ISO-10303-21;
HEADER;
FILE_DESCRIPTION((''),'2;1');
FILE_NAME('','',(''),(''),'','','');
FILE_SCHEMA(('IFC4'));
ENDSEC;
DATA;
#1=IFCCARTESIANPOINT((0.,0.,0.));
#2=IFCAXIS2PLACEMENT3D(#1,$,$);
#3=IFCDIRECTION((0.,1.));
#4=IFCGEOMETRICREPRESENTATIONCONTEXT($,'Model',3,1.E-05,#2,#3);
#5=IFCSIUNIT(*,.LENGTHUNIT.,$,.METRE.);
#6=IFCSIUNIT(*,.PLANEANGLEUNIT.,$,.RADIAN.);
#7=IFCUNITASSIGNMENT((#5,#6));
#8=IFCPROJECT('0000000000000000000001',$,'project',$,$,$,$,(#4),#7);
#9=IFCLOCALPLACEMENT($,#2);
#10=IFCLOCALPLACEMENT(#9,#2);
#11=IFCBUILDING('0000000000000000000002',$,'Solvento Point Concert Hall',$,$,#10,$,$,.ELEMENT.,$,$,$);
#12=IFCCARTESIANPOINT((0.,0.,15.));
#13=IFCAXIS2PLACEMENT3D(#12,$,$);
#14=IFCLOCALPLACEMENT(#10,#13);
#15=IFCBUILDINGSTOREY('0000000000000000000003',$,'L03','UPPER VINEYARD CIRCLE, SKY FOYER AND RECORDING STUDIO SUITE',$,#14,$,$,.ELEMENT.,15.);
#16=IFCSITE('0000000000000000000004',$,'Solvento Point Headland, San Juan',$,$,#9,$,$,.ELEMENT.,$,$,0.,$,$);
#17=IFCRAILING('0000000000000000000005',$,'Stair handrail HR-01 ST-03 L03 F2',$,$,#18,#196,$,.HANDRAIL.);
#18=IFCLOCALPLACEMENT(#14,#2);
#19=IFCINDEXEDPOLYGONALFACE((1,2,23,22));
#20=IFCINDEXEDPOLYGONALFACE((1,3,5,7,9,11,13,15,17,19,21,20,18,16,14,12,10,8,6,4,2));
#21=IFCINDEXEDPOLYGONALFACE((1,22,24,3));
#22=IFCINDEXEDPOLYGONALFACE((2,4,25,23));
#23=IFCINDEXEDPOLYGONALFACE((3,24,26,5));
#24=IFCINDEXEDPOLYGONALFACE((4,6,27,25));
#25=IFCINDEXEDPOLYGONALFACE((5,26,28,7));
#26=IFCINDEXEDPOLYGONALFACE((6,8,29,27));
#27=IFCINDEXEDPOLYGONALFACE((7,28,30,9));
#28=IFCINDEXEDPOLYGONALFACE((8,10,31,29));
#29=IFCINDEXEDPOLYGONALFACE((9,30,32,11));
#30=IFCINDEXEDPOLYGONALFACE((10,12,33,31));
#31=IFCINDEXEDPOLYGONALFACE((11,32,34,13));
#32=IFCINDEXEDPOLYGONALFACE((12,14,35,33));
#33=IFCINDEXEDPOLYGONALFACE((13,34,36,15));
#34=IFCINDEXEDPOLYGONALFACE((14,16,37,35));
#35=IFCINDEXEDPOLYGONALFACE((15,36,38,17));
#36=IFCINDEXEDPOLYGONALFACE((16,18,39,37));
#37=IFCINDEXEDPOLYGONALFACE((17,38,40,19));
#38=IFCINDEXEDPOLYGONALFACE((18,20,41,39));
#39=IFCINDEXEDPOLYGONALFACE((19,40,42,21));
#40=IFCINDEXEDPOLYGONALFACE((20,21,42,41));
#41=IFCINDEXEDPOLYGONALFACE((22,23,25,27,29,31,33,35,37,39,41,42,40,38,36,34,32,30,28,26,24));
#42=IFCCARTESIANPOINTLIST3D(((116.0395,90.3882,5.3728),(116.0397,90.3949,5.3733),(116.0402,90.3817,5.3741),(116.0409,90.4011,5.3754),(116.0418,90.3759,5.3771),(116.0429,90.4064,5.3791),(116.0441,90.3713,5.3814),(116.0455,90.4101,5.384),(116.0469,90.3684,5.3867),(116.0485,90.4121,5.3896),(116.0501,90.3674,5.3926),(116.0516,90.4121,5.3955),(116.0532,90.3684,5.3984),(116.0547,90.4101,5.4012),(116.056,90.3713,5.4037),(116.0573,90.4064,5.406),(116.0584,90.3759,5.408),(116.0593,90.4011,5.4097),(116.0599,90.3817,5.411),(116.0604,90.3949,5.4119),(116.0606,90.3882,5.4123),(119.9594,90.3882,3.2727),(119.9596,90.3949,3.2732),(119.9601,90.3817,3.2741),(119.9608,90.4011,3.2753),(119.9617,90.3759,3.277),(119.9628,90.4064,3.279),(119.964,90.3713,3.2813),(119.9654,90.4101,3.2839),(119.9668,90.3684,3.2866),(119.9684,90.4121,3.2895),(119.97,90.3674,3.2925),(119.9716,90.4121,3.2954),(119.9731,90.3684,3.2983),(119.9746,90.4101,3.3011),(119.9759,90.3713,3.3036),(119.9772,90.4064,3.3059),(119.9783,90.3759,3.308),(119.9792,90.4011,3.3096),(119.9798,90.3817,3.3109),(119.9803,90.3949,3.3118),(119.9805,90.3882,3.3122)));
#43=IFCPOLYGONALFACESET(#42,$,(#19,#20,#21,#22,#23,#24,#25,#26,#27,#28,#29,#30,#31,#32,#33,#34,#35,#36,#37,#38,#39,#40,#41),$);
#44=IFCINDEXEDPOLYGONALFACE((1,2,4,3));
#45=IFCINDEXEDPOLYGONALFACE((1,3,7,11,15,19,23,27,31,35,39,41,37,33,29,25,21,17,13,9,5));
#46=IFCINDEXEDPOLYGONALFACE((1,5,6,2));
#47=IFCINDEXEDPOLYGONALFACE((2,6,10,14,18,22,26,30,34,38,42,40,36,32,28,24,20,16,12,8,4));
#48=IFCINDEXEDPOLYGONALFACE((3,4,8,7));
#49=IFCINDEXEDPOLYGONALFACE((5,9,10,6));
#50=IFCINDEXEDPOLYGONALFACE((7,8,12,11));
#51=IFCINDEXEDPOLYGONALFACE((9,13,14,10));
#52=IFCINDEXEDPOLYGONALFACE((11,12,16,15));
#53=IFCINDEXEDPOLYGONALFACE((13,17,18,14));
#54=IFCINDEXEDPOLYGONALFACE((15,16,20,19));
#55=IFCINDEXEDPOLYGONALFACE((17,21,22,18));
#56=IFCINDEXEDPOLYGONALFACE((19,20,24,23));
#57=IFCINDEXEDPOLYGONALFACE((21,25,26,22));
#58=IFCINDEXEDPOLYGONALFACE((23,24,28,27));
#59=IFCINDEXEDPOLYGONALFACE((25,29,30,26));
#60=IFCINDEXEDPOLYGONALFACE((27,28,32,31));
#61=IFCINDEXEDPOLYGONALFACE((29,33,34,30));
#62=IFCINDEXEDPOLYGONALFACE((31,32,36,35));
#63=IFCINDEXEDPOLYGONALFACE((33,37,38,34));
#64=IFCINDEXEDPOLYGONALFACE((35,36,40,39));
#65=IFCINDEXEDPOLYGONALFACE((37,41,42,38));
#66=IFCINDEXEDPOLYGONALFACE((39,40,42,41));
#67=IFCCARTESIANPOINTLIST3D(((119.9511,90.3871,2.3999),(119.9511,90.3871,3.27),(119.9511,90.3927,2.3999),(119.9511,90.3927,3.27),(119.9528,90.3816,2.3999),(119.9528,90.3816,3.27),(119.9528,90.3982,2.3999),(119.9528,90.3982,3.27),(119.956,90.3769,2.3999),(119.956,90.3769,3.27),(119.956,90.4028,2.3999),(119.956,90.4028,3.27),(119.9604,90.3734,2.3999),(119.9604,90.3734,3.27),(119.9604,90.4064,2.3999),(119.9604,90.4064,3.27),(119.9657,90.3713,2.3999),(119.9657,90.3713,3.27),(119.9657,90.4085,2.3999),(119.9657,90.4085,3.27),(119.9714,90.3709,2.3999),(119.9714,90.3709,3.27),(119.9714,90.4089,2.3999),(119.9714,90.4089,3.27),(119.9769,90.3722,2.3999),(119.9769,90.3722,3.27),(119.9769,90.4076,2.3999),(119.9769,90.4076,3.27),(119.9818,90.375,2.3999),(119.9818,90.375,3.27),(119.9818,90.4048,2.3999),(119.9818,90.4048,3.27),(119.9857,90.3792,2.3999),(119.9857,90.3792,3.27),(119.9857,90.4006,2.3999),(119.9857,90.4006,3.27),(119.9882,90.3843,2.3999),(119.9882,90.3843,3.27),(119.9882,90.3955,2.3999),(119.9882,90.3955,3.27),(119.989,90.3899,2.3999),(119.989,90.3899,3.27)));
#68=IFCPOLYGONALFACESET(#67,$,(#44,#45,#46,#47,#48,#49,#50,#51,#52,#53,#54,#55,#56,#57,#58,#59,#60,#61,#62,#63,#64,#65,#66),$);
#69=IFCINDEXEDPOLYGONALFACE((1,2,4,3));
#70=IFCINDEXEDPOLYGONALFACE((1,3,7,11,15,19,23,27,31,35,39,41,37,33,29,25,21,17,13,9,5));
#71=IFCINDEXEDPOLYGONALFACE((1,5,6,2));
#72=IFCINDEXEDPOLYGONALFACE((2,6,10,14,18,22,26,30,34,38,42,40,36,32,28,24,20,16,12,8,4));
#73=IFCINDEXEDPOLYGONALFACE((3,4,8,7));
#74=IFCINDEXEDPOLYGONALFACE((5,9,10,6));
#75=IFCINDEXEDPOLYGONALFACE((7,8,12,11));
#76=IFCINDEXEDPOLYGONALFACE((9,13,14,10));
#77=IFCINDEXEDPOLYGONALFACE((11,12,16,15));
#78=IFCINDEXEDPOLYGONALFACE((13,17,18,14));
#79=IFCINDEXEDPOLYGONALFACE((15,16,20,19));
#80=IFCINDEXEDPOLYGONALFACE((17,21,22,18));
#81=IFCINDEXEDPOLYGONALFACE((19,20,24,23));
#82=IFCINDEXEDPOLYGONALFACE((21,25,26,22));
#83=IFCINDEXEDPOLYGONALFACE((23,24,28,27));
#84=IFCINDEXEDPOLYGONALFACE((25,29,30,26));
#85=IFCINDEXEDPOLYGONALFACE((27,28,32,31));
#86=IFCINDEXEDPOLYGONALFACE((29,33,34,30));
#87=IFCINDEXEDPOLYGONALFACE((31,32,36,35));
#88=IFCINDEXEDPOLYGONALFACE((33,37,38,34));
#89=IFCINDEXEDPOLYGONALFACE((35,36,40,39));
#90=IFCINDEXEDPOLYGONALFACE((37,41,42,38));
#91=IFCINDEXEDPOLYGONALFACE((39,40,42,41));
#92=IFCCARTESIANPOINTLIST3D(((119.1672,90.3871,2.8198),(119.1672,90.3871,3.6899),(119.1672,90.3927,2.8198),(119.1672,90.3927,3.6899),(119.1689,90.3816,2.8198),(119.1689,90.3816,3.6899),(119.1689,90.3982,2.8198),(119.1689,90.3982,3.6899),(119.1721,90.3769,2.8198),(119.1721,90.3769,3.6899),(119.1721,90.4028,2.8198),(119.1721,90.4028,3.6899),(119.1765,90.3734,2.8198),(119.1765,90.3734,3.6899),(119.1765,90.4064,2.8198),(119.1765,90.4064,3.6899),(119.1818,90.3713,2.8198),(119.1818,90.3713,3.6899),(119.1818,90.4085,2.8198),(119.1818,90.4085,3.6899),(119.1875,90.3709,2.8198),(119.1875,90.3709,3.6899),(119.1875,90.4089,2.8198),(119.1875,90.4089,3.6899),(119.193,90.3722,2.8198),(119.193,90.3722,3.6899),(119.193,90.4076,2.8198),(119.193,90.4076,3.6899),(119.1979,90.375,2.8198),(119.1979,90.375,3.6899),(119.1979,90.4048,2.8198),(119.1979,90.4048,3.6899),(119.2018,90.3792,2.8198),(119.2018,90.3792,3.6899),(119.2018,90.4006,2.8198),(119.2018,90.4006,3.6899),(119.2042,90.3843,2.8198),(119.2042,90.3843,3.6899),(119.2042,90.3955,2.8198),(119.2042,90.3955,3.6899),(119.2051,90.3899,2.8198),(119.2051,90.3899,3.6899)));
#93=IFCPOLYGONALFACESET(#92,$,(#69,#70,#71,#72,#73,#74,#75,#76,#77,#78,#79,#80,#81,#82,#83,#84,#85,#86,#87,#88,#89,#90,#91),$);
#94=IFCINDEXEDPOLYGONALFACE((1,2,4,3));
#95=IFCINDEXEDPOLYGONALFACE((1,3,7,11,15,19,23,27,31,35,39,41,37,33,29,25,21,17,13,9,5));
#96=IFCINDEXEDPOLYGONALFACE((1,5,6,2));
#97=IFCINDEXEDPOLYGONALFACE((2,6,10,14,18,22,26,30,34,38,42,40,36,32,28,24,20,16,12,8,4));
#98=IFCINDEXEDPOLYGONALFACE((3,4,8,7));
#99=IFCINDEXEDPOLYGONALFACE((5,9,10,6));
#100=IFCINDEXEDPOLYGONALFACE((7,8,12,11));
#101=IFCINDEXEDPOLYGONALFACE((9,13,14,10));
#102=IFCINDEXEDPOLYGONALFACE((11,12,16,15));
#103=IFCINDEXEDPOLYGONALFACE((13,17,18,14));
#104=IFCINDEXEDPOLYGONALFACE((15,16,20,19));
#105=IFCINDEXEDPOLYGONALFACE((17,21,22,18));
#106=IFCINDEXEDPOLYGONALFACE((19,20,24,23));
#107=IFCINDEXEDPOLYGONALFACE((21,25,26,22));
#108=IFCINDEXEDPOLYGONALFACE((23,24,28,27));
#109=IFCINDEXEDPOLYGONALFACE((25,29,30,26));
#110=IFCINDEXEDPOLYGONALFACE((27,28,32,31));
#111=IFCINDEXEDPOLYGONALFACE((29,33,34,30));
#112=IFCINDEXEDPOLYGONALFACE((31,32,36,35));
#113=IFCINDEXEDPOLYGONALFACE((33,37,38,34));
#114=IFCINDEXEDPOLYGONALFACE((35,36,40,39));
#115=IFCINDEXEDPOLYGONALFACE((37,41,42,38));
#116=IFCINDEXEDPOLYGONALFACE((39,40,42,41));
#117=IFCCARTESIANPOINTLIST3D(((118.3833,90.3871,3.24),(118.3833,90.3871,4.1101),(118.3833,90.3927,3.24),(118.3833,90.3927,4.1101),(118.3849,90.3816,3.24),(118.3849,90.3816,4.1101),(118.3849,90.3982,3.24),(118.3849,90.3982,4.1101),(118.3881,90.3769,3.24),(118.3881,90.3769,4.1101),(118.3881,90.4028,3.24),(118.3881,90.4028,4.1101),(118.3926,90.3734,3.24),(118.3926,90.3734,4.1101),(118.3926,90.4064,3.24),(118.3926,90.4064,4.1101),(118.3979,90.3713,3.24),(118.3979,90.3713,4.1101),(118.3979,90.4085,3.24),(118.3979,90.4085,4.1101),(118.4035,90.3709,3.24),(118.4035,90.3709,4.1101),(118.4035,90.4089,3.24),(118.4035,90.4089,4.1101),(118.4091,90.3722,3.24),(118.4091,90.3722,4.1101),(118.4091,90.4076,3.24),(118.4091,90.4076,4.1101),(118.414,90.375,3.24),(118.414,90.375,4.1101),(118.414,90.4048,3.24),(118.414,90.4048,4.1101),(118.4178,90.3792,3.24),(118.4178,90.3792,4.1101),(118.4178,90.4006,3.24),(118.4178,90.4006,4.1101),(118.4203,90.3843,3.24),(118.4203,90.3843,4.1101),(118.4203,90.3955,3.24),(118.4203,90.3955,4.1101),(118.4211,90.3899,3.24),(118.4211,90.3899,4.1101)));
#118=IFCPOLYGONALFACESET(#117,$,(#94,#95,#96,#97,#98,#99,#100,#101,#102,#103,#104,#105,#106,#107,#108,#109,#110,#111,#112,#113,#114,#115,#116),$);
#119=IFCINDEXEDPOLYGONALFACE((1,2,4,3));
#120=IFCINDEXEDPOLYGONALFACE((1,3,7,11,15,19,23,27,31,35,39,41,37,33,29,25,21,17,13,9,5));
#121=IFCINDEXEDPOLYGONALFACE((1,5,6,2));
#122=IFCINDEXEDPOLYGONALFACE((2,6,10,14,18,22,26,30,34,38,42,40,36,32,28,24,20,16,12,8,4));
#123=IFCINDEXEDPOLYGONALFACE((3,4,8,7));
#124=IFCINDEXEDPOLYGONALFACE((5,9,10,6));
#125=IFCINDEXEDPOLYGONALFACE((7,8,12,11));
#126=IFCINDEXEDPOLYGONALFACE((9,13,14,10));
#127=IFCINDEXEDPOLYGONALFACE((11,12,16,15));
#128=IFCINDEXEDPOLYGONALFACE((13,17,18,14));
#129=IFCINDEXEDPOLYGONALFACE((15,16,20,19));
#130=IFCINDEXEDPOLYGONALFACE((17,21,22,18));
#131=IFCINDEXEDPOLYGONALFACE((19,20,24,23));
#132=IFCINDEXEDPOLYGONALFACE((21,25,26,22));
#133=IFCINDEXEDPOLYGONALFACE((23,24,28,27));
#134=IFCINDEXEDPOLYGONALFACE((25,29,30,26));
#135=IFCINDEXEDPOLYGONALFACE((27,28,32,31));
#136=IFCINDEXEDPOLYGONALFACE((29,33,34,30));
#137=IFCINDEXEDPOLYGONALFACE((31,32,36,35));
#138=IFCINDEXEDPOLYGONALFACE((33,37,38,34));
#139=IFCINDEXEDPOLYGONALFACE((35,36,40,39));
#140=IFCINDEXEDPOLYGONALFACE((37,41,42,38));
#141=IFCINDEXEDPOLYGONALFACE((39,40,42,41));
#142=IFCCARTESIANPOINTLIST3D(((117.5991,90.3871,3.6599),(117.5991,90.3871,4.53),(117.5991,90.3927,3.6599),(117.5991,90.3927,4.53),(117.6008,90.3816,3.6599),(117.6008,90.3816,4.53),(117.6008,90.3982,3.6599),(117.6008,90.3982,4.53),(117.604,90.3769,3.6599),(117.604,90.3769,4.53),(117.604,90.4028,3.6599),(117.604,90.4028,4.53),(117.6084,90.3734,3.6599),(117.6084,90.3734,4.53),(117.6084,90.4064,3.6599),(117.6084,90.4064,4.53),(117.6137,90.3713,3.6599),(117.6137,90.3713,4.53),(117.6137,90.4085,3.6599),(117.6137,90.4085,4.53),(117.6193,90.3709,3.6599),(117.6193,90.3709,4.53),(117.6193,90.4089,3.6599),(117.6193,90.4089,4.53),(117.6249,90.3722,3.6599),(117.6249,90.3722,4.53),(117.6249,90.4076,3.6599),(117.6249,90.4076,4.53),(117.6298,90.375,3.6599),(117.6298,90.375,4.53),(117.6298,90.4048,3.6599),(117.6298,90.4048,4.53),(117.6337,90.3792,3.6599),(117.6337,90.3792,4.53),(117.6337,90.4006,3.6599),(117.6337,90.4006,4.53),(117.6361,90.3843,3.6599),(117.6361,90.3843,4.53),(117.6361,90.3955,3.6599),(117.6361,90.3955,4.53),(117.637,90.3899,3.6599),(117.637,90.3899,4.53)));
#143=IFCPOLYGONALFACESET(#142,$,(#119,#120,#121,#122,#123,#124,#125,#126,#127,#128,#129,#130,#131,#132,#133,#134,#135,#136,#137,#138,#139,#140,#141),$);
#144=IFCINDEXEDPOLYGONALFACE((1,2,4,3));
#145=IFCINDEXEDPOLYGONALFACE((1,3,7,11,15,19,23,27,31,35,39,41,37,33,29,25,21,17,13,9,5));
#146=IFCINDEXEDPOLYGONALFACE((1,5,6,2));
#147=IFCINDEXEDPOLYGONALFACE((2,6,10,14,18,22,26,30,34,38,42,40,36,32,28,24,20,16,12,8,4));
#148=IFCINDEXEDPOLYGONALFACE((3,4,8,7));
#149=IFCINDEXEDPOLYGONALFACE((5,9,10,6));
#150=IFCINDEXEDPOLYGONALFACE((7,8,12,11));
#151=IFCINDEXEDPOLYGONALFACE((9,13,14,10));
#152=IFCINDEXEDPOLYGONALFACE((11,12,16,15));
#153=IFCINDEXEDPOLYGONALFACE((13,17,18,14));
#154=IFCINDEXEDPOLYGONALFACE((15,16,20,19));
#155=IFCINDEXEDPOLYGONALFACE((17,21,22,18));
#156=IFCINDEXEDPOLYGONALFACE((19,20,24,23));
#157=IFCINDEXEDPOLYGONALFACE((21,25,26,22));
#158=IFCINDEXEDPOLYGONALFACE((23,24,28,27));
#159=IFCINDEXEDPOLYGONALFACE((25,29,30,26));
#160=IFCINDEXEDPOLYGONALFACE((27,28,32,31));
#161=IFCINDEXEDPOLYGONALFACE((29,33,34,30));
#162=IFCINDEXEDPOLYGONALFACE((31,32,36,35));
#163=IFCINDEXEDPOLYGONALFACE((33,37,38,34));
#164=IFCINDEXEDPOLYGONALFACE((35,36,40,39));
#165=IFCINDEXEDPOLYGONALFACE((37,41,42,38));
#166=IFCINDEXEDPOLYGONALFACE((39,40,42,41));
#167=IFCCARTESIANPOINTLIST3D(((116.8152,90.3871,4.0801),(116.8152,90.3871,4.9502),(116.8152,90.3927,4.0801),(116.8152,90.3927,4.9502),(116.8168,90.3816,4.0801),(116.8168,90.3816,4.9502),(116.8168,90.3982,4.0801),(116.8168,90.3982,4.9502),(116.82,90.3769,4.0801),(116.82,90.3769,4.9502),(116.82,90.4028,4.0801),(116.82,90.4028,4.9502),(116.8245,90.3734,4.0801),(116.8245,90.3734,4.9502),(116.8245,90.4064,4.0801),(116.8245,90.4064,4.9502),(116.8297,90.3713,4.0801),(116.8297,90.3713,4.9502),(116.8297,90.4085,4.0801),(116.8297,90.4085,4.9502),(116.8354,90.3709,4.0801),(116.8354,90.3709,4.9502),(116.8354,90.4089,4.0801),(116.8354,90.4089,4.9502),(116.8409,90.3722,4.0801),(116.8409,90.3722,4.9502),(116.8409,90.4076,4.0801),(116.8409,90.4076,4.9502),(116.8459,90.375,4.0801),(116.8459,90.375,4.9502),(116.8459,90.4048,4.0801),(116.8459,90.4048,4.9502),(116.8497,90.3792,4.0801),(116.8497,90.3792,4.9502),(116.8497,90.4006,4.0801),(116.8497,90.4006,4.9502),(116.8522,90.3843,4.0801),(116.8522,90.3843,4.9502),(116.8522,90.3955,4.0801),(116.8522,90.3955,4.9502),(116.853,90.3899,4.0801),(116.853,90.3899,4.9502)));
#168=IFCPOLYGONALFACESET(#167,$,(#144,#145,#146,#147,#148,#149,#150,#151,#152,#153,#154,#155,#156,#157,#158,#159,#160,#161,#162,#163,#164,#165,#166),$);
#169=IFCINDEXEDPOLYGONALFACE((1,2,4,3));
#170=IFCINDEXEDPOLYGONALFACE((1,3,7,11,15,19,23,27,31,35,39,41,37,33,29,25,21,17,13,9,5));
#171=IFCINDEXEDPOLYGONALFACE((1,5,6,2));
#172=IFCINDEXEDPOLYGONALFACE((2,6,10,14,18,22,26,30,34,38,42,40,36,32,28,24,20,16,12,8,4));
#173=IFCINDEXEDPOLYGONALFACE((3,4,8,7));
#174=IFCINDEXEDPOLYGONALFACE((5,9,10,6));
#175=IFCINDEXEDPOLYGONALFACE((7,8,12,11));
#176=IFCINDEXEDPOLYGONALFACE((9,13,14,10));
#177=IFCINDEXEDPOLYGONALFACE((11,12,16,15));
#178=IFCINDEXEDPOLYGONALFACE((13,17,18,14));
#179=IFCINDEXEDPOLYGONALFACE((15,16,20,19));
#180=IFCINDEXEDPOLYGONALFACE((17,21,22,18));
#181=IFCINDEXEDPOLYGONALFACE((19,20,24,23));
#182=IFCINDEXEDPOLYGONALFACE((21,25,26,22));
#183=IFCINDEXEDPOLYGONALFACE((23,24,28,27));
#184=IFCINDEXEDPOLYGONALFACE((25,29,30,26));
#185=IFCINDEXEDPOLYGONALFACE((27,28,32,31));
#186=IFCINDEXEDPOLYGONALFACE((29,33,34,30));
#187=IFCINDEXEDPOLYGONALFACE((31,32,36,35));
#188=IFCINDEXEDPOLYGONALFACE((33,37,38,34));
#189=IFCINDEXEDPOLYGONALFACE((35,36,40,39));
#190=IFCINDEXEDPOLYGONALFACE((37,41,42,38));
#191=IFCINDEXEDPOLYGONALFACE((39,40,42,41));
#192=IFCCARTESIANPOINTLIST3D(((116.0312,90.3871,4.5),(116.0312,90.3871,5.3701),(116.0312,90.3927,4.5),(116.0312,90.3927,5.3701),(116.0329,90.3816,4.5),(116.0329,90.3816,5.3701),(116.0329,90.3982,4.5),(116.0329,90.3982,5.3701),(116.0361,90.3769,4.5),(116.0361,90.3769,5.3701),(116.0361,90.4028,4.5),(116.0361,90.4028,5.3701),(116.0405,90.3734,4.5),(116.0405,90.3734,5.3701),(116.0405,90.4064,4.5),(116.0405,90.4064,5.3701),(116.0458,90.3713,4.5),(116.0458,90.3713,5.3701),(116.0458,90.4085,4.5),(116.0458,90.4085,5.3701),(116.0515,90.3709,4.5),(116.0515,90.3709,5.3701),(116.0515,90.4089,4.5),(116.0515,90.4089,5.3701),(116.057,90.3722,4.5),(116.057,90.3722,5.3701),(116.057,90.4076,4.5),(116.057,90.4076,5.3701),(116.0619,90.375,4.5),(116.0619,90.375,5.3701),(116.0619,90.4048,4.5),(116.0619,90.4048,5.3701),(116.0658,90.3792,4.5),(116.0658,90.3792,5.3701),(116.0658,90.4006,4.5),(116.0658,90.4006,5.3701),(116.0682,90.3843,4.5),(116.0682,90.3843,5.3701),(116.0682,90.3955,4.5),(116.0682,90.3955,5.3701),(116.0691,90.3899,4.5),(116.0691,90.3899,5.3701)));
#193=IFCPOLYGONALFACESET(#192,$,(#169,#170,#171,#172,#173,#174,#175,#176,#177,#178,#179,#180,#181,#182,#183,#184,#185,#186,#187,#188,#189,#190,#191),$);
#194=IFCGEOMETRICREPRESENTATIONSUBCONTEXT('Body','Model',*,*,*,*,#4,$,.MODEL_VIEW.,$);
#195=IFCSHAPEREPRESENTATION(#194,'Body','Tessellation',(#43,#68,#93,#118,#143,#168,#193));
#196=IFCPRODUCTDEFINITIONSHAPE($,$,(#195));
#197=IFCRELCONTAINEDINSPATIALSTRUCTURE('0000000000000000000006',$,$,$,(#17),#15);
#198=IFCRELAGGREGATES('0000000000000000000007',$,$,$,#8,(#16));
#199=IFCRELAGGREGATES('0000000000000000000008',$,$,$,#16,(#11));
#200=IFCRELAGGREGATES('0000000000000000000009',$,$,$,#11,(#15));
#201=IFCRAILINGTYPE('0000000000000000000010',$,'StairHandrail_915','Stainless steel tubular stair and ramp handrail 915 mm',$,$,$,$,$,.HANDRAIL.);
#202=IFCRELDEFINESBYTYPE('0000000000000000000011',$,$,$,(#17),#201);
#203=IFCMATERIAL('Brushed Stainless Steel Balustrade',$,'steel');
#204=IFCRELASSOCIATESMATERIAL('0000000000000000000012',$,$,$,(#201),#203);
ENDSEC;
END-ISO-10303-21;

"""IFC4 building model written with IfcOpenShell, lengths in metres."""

from ifc_helpers import new_model, si_unit, direction, frame, origin, origin_2d, place, context, subcontext, project, spatial, circle, extrude, material, type_object, element, save


model = new_model("IFC4")

# Units and contexts
model_context = context("Model", 3, precision=1e-05, world=origin(), true_north=direction((0.0, 1.0)))
body_context = subcontext(model_context, "Body", "Model", "MODEL_VIEW")
ifc_project = project(units=[si_unit("LENGTHUNIT", "METRE"), si_unit("PLANEANGLEUNIT", "RADIAN")], contexts=[model_context])

# Site, building, storey
site_placement = place(None, origin())
site = spatial("IfcSite", under=ifc_project, at=site_placement, Name="Solvento Point Headland, San Juan", CompositionType="ELEMENT", RefElevation=0.0)
building_placement = place(site_placement, origin())
building = spatial("IfcBuilding", under=site, at=building_placement, Name="Solvento Point Concert Hall", CompositionType="ELEMENT")
storey_placement = place(building_placement, frame((0.0, 0.0, 15.0)))
storey = spatial("IfcBuildingStorey", under=building, at=storey_placement, Name="L03", Description="UPPER VINEYARD CIRCLE, SKY FOYER AND RECORDING STUDIO SUITE", CompositionType="ELEMENT", Elevation=15.0)

# Railing
ifc_material_1 = material(Name="Brushed Stainless Steel Balustrade", Category="steel")
railing_type_1 = type_object("IfcRailingType", Name="StairHandrail_915", Description="Stainless steel tubular stair and ramp handrail 915 mm", PredefinedType="HANDRAIL", material=ifc_material_1)
railing_1_placement = place(storey_placement, frame((119.97, 90.3899, 2.3999)))
element("IfcRailing", 1, at=railing_1_placement, inside=storey, type_object=railing_type_1, Name="Stair handrail HR-01 ST-03 L03 F2", PredefinedType="HANDRAIL", context=body_context, shape_type="SweptSolid", body=[
    extrude(circle(Radius=0.0225, at=origin_2d()), frame((0.0, 0.0, 0.8926), z_axis=(-0.881467, 0.0, 0.472246), x_axis=(0.0, -1.0, 0.0)), (0.0, 0.0, 1.0), 4.447),
    extrude(circle(Radius=0.019, at=origin_2d()), origin(), (0.0, 0.0, 1.0), 0.8701),
    extrude(circle(Radius=0.019, at=origin_2d()), frame((-0.7839, 0.0, 0.4199)), (0.0, 0.0, 1.0), 0.8701),
    extrude(circle(Radius=0.019, at=origin_2d()), frame((-1.5679, 0.0, 0.8401)), (0.0, 0.0, 1.0), 0.8701),
    extrude(circle(Radius=0.019, at=origin_2d()), frame((-2.3521, 0.0, 1.26)), (0.0, 0.0, 1.0), 0.8701),
    extrude(circle(Radius=0.019, at=origin_2d()), frame((-3.136, 0.0, 1.6802)), (0.0, 0.0, 1.0), 0.8701),
    extrude(circle(Radius=0.019, at=origin_2d()), frame((-3.9199, 0.0, 2.1001)), (0.0, 0.0, 1.0), 0.8701),
])

save(model, "model.ifc")
